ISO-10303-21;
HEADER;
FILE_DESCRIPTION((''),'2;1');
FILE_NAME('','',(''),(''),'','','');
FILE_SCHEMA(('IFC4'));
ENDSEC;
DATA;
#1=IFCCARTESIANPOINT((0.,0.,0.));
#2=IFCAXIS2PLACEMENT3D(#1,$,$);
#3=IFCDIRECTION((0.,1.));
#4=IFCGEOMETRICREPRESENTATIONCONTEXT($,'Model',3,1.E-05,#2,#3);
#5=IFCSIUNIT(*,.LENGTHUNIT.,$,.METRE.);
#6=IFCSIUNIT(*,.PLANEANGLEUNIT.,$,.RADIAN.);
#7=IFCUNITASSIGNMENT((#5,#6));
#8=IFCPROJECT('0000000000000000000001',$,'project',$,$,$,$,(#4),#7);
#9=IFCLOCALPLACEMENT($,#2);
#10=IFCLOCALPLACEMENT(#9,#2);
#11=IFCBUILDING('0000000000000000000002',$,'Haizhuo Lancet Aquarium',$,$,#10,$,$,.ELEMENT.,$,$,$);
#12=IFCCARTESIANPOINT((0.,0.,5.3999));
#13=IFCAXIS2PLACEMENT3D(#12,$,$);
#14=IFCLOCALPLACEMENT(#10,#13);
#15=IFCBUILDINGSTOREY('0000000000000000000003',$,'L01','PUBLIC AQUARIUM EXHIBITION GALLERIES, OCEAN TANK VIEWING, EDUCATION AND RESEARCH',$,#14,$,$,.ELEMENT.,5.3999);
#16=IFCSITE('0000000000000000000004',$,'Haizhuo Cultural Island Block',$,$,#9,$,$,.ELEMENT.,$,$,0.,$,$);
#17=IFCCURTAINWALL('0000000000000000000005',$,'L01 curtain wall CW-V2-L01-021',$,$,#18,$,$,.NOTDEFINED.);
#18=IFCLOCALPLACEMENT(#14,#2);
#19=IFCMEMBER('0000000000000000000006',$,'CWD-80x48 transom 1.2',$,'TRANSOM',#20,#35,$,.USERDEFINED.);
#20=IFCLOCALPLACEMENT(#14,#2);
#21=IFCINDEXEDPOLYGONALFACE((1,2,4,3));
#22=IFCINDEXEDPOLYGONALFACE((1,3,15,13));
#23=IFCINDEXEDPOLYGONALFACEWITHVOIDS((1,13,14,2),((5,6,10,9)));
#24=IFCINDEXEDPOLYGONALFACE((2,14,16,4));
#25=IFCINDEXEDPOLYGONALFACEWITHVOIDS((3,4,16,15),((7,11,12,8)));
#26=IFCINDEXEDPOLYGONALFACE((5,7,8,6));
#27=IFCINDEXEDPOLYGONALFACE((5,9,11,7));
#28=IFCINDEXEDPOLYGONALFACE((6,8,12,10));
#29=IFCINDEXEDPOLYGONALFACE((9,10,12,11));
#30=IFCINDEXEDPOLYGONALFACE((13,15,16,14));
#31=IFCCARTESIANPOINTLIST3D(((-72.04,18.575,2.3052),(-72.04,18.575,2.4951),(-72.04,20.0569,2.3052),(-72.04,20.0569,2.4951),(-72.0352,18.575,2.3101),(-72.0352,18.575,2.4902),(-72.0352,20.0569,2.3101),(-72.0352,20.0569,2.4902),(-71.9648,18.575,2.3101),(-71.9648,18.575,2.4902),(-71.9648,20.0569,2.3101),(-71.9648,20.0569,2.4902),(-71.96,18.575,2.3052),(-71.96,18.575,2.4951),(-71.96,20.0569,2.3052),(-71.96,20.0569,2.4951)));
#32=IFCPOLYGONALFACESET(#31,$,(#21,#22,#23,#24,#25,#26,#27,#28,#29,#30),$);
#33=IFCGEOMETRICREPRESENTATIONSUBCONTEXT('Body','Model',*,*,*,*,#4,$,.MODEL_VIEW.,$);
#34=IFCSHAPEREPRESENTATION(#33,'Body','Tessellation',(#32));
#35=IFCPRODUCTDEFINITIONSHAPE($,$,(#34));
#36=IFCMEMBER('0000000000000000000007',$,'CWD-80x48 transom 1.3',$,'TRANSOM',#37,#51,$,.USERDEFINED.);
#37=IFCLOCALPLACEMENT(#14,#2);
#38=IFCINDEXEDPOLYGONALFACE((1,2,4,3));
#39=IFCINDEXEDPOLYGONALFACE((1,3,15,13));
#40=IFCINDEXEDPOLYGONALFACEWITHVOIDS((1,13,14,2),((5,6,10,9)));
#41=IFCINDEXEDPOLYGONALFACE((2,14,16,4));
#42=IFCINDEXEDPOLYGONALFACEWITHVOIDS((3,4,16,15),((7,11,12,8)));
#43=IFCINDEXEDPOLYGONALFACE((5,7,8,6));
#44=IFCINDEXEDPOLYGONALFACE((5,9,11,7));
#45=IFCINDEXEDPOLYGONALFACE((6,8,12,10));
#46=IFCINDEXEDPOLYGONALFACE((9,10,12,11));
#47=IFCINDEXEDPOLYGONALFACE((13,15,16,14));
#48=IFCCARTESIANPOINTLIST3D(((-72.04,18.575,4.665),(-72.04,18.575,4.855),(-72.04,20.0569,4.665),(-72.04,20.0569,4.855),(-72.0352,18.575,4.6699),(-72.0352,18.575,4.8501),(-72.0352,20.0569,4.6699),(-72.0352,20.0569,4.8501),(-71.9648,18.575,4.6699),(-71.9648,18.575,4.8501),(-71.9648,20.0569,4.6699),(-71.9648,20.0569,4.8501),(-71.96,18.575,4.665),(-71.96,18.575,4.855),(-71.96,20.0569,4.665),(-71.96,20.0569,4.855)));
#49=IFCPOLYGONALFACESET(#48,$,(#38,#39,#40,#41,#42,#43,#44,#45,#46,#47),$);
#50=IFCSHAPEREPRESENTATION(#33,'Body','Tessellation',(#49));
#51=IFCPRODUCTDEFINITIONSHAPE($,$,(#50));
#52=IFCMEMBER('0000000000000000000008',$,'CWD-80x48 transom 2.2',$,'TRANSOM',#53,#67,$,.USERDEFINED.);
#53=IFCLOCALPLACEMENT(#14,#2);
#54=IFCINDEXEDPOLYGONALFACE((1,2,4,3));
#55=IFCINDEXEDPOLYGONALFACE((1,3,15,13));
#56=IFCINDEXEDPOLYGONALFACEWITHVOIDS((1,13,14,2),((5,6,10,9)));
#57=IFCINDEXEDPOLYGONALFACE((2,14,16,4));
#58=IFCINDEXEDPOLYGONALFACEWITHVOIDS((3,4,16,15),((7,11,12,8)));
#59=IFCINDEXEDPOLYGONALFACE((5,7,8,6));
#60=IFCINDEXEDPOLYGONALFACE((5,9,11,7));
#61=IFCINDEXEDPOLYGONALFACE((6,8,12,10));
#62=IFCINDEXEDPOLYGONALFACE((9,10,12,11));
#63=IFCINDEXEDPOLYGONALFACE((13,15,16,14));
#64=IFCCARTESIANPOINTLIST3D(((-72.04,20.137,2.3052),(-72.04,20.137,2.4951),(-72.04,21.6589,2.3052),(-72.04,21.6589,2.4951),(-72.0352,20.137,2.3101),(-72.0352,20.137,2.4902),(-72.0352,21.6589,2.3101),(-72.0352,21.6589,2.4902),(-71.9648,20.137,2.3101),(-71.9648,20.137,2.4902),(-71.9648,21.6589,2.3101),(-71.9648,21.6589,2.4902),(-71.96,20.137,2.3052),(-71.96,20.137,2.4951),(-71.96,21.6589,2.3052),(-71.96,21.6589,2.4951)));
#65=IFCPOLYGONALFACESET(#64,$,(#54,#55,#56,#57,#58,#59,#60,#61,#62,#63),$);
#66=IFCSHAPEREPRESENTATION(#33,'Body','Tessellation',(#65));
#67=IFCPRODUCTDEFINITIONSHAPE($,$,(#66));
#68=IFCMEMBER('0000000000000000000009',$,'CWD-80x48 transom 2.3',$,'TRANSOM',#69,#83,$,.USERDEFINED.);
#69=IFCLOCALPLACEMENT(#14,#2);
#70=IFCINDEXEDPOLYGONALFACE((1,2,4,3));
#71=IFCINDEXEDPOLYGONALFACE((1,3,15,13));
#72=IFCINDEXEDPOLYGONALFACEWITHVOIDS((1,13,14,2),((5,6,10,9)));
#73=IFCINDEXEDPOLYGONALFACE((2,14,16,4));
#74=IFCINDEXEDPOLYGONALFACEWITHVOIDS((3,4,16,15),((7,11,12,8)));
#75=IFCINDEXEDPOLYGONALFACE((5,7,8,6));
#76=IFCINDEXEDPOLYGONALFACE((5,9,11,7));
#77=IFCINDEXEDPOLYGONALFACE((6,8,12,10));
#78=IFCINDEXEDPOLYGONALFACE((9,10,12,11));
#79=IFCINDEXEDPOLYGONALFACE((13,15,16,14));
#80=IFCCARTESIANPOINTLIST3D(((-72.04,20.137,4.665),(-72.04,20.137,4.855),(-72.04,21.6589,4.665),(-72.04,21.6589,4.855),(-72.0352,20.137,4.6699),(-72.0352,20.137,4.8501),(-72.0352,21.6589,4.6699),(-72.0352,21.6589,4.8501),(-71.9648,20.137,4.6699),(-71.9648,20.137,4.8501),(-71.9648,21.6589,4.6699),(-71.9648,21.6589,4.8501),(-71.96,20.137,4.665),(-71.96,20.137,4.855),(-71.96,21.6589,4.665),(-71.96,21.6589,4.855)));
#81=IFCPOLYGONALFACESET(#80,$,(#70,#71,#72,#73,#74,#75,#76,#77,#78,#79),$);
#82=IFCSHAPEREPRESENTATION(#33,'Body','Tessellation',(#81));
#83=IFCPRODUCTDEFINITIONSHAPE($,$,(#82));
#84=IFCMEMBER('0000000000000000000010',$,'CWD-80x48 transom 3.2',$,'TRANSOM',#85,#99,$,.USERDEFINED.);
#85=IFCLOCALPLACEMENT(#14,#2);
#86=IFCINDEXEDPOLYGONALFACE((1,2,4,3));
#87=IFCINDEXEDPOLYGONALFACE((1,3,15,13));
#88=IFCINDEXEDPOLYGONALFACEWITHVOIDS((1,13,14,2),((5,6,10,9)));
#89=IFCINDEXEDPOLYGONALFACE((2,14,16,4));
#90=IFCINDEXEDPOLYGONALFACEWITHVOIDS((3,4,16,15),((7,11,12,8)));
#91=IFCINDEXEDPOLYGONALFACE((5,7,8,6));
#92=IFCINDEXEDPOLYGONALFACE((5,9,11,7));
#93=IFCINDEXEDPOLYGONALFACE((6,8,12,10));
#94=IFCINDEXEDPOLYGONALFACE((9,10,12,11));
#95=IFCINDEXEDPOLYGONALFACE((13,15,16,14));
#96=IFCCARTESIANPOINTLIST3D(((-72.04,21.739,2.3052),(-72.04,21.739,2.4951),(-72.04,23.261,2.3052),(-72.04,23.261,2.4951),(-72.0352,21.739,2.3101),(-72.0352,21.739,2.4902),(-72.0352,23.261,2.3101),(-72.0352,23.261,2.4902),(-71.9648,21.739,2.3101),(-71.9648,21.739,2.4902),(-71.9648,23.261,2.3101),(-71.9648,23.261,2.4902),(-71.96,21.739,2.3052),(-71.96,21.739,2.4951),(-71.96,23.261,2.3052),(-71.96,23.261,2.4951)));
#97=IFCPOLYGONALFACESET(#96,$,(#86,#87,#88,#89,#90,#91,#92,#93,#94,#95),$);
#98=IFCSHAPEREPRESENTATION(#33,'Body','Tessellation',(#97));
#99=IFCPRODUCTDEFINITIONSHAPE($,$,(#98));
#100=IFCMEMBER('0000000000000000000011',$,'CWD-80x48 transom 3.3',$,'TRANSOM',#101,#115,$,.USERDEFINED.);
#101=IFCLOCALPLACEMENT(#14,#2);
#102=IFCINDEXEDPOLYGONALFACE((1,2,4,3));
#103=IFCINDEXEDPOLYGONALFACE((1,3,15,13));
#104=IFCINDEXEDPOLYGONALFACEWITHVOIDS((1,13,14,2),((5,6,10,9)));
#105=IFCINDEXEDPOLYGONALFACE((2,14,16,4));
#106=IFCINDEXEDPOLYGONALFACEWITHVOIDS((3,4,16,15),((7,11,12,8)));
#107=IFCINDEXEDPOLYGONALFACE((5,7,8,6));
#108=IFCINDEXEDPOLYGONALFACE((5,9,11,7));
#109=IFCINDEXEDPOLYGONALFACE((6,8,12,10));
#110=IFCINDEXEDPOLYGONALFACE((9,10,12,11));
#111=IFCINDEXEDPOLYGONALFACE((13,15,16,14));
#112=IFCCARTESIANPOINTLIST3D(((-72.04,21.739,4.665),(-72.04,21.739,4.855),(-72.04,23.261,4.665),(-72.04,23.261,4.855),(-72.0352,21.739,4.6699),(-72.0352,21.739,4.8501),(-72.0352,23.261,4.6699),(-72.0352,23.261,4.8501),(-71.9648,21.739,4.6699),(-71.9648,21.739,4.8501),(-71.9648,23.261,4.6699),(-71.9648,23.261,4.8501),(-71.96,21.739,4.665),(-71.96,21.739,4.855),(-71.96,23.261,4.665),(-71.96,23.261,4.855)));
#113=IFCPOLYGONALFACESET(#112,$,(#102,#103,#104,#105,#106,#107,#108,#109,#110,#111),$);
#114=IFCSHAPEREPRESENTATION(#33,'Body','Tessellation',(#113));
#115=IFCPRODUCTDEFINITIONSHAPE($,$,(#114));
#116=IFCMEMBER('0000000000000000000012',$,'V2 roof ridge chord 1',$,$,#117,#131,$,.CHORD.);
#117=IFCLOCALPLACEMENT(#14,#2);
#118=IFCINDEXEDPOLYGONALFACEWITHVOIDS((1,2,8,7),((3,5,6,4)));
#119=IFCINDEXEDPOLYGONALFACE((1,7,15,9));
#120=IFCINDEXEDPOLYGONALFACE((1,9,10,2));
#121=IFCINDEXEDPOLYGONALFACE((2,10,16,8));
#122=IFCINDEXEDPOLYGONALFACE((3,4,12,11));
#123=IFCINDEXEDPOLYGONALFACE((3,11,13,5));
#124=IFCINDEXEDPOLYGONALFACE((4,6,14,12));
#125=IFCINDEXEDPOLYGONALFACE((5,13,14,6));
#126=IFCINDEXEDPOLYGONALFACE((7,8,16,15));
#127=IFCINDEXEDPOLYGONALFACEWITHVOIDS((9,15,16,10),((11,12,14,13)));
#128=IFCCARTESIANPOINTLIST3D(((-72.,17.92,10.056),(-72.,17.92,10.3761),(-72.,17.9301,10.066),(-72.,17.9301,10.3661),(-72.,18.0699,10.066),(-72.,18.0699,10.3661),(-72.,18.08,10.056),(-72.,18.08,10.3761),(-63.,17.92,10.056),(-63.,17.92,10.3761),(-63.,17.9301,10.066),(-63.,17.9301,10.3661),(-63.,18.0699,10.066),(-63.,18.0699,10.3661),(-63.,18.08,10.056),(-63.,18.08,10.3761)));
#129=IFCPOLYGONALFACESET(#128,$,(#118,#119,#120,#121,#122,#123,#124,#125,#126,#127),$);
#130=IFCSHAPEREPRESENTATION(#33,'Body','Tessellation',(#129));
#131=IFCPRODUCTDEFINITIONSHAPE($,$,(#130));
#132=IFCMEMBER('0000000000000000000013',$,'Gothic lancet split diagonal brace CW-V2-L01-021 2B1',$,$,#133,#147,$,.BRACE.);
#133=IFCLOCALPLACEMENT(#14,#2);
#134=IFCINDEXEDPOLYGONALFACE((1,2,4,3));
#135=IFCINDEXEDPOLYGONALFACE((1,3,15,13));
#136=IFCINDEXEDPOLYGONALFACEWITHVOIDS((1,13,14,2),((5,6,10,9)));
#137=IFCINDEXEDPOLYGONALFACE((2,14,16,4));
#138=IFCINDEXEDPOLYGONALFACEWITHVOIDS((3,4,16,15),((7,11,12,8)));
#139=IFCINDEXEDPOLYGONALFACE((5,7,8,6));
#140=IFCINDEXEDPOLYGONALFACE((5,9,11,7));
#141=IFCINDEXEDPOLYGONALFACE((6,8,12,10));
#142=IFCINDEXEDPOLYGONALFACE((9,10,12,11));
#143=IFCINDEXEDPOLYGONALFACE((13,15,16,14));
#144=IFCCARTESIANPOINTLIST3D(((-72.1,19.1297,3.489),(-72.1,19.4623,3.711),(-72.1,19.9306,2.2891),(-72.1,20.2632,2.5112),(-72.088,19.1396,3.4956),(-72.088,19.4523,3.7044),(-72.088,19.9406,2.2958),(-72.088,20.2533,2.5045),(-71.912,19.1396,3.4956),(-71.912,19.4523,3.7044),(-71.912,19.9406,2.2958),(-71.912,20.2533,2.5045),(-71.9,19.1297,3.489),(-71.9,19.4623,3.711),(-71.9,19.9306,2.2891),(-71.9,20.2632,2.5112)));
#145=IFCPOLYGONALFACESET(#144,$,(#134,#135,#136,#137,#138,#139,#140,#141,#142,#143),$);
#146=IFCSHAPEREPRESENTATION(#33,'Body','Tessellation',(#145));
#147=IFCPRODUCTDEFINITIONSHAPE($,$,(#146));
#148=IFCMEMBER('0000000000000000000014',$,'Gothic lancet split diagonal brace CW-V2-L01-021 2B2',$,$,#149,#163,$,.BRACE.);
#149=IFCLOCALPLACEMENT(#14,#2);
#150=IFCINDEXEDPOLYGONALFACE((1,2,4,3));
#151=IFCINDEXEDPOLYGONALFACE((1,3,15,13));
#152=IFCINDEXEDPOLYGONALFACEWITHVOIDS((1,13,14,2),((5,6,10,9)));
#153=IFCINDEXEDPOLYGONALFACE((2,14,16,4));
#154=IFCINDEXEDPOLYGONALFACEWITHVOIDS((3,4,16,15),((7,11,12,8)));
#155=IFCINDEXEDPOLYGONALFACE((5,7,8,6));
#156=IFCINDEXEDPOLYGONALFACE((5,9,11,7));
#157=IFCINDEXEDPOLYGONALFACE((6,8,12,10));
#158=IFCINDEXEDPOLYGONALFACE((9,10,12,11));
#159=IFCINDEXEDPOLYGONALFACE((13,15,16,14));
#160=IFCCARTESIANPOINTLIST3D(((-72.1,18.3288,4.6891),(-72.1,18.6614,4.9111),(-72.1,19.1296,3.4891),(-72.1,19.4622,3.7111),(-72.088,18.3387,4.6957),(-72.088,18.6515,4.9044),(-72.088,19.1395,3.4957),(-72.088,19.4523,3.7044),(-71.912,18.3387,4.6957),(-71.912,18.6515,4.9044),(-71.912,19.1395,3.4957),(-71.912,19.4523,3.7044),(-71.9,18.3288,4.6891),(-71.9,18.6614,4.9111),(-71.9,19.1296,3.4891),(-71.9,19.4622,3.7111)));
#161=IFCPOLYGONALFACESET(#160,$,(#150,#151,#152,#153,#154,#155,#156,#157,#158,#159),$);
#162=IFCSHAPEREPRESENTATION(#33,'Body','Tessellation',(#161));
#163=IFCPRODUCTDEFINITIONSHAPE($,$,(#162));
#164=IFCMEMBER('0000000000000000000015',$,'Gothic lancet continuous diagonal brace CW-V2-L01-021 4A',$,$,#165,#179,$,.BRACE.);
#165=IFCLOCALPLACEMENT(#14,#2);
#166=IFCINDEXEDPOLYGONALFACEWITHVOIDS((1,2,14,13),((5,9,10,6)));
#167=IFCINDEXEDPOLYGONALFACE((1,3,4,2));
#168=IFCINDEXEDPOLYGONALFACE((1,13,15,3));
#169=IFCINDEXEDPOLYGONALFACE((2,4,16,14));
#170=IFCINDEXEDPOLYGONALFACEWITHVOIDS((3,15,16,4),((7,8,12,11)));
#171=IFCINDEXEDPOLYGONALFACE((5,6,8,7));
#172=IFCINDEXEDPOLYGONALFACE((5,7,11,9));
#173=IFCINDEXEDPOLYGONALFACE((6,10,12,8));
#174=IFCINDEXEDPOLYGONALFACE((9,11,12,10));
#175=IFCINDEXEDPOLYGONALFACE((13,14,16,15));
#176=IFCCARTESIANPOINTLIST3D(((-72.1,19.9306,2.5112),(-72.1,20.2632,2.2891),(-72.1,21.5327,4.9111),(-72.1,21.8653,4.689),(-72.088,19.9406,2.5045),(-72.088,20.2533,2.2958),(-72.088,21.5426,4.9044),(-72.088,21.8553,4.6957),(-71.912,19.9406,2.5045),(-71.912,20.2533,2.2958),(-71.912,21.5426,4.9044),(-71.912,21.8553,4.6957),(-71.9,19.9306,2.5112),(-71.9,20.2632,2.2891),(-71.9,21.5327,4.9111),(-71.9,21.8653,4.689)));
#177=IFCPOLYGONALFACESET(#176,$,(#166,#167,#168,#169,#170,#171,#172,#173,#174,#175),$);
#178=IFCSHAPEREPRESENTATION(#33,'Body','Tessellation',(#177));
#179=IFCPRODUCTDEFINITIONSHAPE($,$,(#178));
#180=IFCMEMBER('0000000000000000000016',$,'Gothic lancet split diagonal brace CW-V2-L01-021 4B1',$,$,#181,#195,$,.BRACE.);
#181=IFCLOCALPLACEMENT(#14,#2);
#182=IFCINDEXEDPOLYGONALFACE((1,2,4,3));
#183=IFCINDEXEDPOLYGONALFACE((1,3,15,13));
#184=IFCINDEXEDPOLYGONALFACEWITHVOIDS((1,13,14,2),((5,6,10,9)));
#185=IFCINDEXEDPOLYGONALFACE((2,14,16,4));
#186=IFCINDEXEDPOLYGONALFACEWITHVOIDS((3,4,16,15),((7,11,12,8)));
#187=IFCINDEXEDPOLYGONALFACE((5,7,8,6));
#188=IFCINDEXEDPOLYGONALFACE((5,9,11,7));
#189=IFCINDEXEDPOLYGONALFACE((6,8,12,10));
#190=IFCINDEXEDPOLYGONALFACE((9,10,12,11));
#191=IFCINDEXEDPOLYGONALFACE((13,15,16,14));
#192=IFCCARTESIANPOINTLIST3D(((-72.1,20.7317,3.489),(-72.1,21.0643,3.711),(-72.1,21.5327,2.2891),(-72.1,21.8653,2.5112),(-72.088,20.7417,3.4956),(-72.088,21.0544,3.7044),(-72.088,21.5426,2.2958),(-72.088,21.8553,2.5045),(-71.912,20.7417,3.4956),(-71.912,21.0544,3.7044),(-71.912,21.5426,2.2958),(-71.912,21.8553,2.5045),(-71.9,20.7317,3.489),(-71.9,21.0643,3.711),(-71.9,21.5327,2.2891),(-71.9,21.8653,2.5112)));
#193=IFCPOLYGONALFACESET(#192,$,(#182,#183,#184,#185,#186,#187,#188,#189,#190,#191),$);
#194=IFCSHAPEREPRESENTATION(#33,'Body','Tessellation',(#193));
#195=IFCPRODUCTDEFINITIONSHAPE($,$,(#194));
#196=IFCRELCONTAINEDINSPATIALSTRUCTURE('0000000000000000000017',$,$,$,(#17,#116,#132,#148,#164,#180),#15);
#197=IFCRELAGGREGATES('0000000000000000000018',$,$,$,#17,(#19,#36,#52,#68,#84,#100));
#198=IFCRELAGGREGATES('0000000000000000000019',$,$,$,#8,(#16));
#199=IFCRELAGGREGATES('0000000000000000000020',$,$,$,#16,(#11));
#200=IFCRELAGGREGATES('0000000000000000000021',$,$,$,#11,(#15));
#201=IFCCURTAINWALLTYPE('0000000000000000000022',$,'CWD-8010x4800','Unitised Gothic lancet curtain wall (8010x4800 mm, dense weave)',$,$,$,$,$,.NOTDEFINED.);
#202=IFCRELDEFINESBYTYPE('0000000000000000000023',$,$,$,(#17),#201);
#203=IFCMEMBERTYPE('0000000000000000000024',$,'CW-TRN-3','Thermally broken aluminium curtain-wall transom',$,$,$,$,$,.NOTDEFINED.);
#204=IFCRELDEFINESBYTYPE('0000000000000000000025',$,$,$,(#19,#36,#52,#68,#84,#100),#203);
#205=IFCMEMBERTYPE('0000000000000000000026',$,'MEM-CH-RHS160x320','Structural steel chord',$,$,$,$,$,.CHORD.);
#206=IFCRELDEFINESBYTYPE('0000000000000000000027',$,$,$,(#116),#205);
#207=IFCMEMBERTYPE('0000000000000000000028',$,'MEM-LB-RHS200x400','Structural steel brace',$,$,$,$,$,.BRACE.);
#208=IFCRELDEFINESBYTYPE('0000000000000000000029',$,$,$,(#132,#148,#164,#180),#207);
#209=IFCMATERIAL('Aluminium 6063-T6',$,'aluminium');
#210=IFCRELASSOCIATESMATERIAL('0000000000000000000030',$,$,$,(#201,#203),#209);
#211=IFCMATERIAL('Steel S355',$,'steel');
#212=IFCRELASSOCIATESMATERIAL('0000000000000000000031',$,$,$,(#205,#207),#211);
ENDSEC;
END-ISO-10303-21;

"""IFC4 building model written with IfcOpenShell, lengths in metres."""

from ifc_helpers import new_model, si_unit, direction, frame, origin, origin_2d, place, context, subcontext, project, spatial, hollow_rectangle, extrude, material, material_profile, profile_set, type_object, element, aggregate, save


model = new_model("IFC4")

# Units and contexts
model_context = context("Model", 3, precision=1e-05, world=origin(), true_north=direction((0.0, 1.0)))
body_context = subcontext(model_context, "Body", "Model", "MODEL_VIEW")
ifc_project = project(units=[si_unit("LENGTHUNIT", "METRE"), si_unit("PLANEANGLEUNIT", "RADIAN")], contexts=[model_context])

# Site, building, storey
site_placement = place(None, origin())
site = spatial("IfcSite", under=ifc_project, at=site_placement, Name="Haizhuo Cultural Island Block", CompositionType="ELEMENT", RefElevation=0.0)
building_placement = place(site_placement, origin())
building = spatial("IfcBuilding", under=site, at=building_placement, Name="Haizhuo Lancet Aquarium", CompositionType="ELEMENT")
storey_placement = place(building_placement, frame((0.0, 0.0, 5.3999)))
storey = spatial("IfcBuildingStorey", under=building, at=storey_placement, Name="L01", Description="PUBLIC AQUARIUM EXHIBITION GALLERIES, OCEAN TANK VIEWING, EDUCATION AND RESEARCH", CompositionType="ELEMENT", Elevation=5.3999)

# Curtain wall, members
ifc_material_1 = material(Name="Aluminium 6063-T6", Category="aluminium")
curtain_wall_type = type_object("IfcCurtainWallType", Name="CWD-8010x4800", Description="Unitised Gothic lancet curtain wall (8010x4800 mm, dense weave)", PredefinedType="NOTDEFINED", material=ifc_material_1)
curtain_wall_placement = place(storey_placement, origin())
curtain_wall = element("IfcCurtainWall", 1, at=curtain_wall_placement, inside=storey, type_object=curtain_wall_type, Name="L01 curtain wall CW-V2-L01-021", PredefinedType="NOTDEFINED")
ifc_material_profile_1 = material_profile(ifc_material_1, hollow_rectangle(XDim=0.0801, YDim=0.1899, WallThickness=0.0049, at=origin_2d()), Name="ALU-T 80x190x5")
ifc_profile_set_1 = profile_set([ifc_material_profile_1], Name="Aluminium 6063-T6")
member_type_1 = type_object("IfcMemberType", Name="CW-TRN-3", Description="Thermally broken aluminium curtain-wall transom", PredefinedType="NOTDEFINED", material=ifc_profile_set_1)
member_1_placement = place(storey_placement, frame((-72.0, 18.575, 2.4001), z_axis=(0.0, 1.0, 0.0), x_axis=(-1.0, 0.0, 0.0)))
member_1 = element("IfcMember", 2, at=member_1_placement, type_object=member_type_1, Name="CWD-80x48 transom 1.2", ObjectType="TRANSOM", PredefinedType="USERDEFINED", context=body_context, shape_type="SweptSolid", body=[
    extrude(hollow_rectangle(XDim=0.0801, YDim=0.1899, WallThickness=0.0049, at=origin_2d()), origin(), (0.0, 0.0, 1.0), 1.4819),
])
member_2_placement = place(storey_placement, frame((-72.0, 18.575, 4.76), z_axis=(0.0, 1.0, 0.0), x_axis=(-1.0, 0.0, 0.0)))
member_2 = element("IfcMember", 3, at=member_2_placement, type_object=member_type_1, Name="CWD-80x48 transom 1.3", ObjectType="TRANSOM", PredefinedType="USERDEFINED", context=body_context, shape_type="SweptSolid", body=[
    extrude(hollow_rectangle(XDim=0.0801, YDim=0.1899, WallThickness=0.0049, at=origin_2d()), origin(), (0.0, 0.0, 1.0), 1.4819),
])
member_3_placement = place(storey_placement, frame((-72.0, 20.137, 2.4001), z_axis=(0.0, 1.0, 0.0), x_axis=(-1.0, 0.0, 0.0)))
member_3 = element("IfcMember", 4, at=member_3_placement, type_object=member_type_1, Name="CWD-80x48 transom 2.2", ObjectType="TRANSOM", PredefinedType="USERDEFINED", context=body_context, shape_type="SweptSolid", body=[
    extrude(hollow_rectangle(XDim=0.0801, YDim=0.1899, WallThickness=0.0049, at=origin_2d()), origin(), (0.0, 0.0, 1.0), 1.522),
])
member_4_placement = place(storey_placement, frame((-72.0, 20.137, 4.76), z_axis=(0.0, 1.0, 0.0), x_axis=(-1.0, 0.0, 0.0)))
member_4 = element("IfcMember", 5, at=member_4_placement, type_object=member_type_1, Name="CWD-80x48 transom 2.3", ObjectType="TRANSOM", PredefinedType="USERDEFINED", context=body_context, shape_type="SweptSolid", body=[
    extrude(hollow_rectangle(XDim=0.0801, YDim=0.1899, WallThickness=0.0049, at=origin_2d()), origin(), (0.0, 0.0, 1.0), 1.522),
])
member_5_placement = place(storey_placement, frame((-72.0, 21.739, 2.4001), z_axis=(0.0, 1.0, 0.0), x_axis=(-1.0, 0.0, 0.0)))
member_5 = element("IfcMember", 6, at=member_5_placement, type_object=member_type_1, Name="CWD-80x48 transom 3.2", ObjectType="TRANSOM", PredefinedType="USERDEFINED", context=body_context, shape_type="SweptSolid", body=[
    extrude(hollow_rectangle(XDim=0.0801, YDim=0.1899, WallThickness=0.0049, at=origin_2d()), origin(), (0.0, 0.0, 1.0), 1.522),
])
member_6_placement = place(storey_placement, frame((-72.0, 21.739, 4.76), z_axis=(0.0, 1.0, 0.0), x_axis=(-1.0, 0.0, 0.0)))
member_6 = element("IfcMember", 7, at=member_6_placement, type_object=member_type_1, Name="CWD-80x48 transom 3.3", ObjectType="TRANSOM", PredefinedType="USERDEFINED", context=body_context, shape_type="SweptSolid", body=[
    extrude(hollow_rectangle(XDim=0.0801, YDim=0.1899, WallThickness=0.0049, at=origin_2d()), origin(), (0.0, 0.0, 1.0), 1.522),
])

# Members
ifc_material_2 = material(Name="Steel S355", Category="steel")
ifc_material_profile_2 = material_profile(ifc_material_2, hollow_rectangle(XDim=0.1599, YDim=0.3201, WallThickness=0.01, at=origin_2d()), Name="RHS 160x320x10")
ifc_profile_set_2 = profile_set([ifc_material_profile_2], Name="Steel S355")
member_type_2 = type_object("IfcMemberType", Name="MEM-CH-RHS160x320", Description="Structural steel chord", PredefinedType="CHORD", material=ifc_profile_set_2)
member_7_placement = place(storey_placement, frame((-72.0, 18.0, 10.2161), z_axis=(1.0, 0.0, 0.0), x_axis=(0.0, 1.0, 0.0)))
element("IfcMember", 8, at=member_7_placement, inside=storey, type_object=member_type_2, Name="V2 roof ridge chord 1", PredefinedType="CHORD", context=body_context, shape_type="SweptSolid", body=[
    extrude(hollow_rectangle(XDim=0.1599, YDim=0.3201, WallThickness=0.01, at=origin_2d()), origin(), (0.0, 0.0, 1.0), 9.0),
])
ifc_material_profile_3 = material_profile(ifc_material_2, hollow_rectangle(XDim=0.2, YDim=0.3999, WallThickness=0.012, at=origin_2d()), Name="RHS 200x400x12")
ifc_profile_set_3 = profile_set([ifc_material_profile_3], Name="Steel S355")
member_type_3 = type_object("IfcMemberType", Name="MEM-LB-RHS200x400", Description="Structural steel brace", PredefinedType="BRACE", material=ifc_profile_set_3)
for number, where, z_axis, x_axis, name in (
    (9, (-72.0, 20.0969, 2.4001), (0.0, -0.555208, 0.831712), (1.0, 0.0, 0.0), "Gothic lancet split diagonal brace CW-V2-L01-021 2B1"),
    (10, (-72.0, 19.2959, 3.6001), (0.0, -0.555091, 0.83179), (1.0, 0.0, 0.0), "Gothic lancet split diagonal brace CW-V2-L01-021 2B2"),
):
    element("IfcMember", number, at=place(storey_placement, frame(where, z_axis=z_axis, x_axis=x_axis)), inside=storey, type_object=member_type_3, Name=name, PredefinedType="BRACE", context=body_context, shape_type="SweptSolid", body=[
        extrude(hollow_rectangle(XDim=0.2, YDim=0.3999, WallThickness=0.012, at=origin_2d()), origin(), (0.0, 0.0, 1.0), 1.4426),
    ])
member_8_placement = place(storey_placement, frame((-72.0, 20.0969, 2.4001), z_axis=(0.0, 0.555208, 0.831712), x_axis=(-1.0, 0.0, 0.0)))
element("IfcMember", 11, at=member_8_placement, inside=storey, type_object=member_type_3, Name="Gothic lancet continuous diagonal brace CW-V2-L01-021 4A", PredefinedType="BRACE", context=body_context, shape_type="SweptSolid", body=[
    extrude(hollow_rectangle(XDim=0.2, YDim=0.3999, WallThickness=0.012, at=origin_2d()), origin(), (0.0, 0.0, 1.0), 2.8855),
])
for number, where, z_axis, x_axis, name in (
    (12, (-72.0, 21.699, 2.4001), (0.0, -0.555208, 0.831712), (1.0, 0.0, 0.0), "Gothic lancet split diagonal brace CW-V2-L01-021 4B1"),
):
    element("IfcMember", number, at=place(storey_placement, frame(where, z_axis=z_axis, x_axis=x_axis)), inside=storey, type_object=member_type_3, Name=name, PredefinedType="BRACE", context=body_context, shape_type="SweptSolid", body=[
        extrude(hollow_rectangle(XDim=0.2, YDim=0.3999, WallThickness=0.012, at=origin_2d()), origin(), (0.0, 0.0, 1.0), 1.4426),
    ])

aggregate(curtain_wall, [member_1, member_2, member_3, member_4, member_5, member_6])

save(model, "model.ifc")
